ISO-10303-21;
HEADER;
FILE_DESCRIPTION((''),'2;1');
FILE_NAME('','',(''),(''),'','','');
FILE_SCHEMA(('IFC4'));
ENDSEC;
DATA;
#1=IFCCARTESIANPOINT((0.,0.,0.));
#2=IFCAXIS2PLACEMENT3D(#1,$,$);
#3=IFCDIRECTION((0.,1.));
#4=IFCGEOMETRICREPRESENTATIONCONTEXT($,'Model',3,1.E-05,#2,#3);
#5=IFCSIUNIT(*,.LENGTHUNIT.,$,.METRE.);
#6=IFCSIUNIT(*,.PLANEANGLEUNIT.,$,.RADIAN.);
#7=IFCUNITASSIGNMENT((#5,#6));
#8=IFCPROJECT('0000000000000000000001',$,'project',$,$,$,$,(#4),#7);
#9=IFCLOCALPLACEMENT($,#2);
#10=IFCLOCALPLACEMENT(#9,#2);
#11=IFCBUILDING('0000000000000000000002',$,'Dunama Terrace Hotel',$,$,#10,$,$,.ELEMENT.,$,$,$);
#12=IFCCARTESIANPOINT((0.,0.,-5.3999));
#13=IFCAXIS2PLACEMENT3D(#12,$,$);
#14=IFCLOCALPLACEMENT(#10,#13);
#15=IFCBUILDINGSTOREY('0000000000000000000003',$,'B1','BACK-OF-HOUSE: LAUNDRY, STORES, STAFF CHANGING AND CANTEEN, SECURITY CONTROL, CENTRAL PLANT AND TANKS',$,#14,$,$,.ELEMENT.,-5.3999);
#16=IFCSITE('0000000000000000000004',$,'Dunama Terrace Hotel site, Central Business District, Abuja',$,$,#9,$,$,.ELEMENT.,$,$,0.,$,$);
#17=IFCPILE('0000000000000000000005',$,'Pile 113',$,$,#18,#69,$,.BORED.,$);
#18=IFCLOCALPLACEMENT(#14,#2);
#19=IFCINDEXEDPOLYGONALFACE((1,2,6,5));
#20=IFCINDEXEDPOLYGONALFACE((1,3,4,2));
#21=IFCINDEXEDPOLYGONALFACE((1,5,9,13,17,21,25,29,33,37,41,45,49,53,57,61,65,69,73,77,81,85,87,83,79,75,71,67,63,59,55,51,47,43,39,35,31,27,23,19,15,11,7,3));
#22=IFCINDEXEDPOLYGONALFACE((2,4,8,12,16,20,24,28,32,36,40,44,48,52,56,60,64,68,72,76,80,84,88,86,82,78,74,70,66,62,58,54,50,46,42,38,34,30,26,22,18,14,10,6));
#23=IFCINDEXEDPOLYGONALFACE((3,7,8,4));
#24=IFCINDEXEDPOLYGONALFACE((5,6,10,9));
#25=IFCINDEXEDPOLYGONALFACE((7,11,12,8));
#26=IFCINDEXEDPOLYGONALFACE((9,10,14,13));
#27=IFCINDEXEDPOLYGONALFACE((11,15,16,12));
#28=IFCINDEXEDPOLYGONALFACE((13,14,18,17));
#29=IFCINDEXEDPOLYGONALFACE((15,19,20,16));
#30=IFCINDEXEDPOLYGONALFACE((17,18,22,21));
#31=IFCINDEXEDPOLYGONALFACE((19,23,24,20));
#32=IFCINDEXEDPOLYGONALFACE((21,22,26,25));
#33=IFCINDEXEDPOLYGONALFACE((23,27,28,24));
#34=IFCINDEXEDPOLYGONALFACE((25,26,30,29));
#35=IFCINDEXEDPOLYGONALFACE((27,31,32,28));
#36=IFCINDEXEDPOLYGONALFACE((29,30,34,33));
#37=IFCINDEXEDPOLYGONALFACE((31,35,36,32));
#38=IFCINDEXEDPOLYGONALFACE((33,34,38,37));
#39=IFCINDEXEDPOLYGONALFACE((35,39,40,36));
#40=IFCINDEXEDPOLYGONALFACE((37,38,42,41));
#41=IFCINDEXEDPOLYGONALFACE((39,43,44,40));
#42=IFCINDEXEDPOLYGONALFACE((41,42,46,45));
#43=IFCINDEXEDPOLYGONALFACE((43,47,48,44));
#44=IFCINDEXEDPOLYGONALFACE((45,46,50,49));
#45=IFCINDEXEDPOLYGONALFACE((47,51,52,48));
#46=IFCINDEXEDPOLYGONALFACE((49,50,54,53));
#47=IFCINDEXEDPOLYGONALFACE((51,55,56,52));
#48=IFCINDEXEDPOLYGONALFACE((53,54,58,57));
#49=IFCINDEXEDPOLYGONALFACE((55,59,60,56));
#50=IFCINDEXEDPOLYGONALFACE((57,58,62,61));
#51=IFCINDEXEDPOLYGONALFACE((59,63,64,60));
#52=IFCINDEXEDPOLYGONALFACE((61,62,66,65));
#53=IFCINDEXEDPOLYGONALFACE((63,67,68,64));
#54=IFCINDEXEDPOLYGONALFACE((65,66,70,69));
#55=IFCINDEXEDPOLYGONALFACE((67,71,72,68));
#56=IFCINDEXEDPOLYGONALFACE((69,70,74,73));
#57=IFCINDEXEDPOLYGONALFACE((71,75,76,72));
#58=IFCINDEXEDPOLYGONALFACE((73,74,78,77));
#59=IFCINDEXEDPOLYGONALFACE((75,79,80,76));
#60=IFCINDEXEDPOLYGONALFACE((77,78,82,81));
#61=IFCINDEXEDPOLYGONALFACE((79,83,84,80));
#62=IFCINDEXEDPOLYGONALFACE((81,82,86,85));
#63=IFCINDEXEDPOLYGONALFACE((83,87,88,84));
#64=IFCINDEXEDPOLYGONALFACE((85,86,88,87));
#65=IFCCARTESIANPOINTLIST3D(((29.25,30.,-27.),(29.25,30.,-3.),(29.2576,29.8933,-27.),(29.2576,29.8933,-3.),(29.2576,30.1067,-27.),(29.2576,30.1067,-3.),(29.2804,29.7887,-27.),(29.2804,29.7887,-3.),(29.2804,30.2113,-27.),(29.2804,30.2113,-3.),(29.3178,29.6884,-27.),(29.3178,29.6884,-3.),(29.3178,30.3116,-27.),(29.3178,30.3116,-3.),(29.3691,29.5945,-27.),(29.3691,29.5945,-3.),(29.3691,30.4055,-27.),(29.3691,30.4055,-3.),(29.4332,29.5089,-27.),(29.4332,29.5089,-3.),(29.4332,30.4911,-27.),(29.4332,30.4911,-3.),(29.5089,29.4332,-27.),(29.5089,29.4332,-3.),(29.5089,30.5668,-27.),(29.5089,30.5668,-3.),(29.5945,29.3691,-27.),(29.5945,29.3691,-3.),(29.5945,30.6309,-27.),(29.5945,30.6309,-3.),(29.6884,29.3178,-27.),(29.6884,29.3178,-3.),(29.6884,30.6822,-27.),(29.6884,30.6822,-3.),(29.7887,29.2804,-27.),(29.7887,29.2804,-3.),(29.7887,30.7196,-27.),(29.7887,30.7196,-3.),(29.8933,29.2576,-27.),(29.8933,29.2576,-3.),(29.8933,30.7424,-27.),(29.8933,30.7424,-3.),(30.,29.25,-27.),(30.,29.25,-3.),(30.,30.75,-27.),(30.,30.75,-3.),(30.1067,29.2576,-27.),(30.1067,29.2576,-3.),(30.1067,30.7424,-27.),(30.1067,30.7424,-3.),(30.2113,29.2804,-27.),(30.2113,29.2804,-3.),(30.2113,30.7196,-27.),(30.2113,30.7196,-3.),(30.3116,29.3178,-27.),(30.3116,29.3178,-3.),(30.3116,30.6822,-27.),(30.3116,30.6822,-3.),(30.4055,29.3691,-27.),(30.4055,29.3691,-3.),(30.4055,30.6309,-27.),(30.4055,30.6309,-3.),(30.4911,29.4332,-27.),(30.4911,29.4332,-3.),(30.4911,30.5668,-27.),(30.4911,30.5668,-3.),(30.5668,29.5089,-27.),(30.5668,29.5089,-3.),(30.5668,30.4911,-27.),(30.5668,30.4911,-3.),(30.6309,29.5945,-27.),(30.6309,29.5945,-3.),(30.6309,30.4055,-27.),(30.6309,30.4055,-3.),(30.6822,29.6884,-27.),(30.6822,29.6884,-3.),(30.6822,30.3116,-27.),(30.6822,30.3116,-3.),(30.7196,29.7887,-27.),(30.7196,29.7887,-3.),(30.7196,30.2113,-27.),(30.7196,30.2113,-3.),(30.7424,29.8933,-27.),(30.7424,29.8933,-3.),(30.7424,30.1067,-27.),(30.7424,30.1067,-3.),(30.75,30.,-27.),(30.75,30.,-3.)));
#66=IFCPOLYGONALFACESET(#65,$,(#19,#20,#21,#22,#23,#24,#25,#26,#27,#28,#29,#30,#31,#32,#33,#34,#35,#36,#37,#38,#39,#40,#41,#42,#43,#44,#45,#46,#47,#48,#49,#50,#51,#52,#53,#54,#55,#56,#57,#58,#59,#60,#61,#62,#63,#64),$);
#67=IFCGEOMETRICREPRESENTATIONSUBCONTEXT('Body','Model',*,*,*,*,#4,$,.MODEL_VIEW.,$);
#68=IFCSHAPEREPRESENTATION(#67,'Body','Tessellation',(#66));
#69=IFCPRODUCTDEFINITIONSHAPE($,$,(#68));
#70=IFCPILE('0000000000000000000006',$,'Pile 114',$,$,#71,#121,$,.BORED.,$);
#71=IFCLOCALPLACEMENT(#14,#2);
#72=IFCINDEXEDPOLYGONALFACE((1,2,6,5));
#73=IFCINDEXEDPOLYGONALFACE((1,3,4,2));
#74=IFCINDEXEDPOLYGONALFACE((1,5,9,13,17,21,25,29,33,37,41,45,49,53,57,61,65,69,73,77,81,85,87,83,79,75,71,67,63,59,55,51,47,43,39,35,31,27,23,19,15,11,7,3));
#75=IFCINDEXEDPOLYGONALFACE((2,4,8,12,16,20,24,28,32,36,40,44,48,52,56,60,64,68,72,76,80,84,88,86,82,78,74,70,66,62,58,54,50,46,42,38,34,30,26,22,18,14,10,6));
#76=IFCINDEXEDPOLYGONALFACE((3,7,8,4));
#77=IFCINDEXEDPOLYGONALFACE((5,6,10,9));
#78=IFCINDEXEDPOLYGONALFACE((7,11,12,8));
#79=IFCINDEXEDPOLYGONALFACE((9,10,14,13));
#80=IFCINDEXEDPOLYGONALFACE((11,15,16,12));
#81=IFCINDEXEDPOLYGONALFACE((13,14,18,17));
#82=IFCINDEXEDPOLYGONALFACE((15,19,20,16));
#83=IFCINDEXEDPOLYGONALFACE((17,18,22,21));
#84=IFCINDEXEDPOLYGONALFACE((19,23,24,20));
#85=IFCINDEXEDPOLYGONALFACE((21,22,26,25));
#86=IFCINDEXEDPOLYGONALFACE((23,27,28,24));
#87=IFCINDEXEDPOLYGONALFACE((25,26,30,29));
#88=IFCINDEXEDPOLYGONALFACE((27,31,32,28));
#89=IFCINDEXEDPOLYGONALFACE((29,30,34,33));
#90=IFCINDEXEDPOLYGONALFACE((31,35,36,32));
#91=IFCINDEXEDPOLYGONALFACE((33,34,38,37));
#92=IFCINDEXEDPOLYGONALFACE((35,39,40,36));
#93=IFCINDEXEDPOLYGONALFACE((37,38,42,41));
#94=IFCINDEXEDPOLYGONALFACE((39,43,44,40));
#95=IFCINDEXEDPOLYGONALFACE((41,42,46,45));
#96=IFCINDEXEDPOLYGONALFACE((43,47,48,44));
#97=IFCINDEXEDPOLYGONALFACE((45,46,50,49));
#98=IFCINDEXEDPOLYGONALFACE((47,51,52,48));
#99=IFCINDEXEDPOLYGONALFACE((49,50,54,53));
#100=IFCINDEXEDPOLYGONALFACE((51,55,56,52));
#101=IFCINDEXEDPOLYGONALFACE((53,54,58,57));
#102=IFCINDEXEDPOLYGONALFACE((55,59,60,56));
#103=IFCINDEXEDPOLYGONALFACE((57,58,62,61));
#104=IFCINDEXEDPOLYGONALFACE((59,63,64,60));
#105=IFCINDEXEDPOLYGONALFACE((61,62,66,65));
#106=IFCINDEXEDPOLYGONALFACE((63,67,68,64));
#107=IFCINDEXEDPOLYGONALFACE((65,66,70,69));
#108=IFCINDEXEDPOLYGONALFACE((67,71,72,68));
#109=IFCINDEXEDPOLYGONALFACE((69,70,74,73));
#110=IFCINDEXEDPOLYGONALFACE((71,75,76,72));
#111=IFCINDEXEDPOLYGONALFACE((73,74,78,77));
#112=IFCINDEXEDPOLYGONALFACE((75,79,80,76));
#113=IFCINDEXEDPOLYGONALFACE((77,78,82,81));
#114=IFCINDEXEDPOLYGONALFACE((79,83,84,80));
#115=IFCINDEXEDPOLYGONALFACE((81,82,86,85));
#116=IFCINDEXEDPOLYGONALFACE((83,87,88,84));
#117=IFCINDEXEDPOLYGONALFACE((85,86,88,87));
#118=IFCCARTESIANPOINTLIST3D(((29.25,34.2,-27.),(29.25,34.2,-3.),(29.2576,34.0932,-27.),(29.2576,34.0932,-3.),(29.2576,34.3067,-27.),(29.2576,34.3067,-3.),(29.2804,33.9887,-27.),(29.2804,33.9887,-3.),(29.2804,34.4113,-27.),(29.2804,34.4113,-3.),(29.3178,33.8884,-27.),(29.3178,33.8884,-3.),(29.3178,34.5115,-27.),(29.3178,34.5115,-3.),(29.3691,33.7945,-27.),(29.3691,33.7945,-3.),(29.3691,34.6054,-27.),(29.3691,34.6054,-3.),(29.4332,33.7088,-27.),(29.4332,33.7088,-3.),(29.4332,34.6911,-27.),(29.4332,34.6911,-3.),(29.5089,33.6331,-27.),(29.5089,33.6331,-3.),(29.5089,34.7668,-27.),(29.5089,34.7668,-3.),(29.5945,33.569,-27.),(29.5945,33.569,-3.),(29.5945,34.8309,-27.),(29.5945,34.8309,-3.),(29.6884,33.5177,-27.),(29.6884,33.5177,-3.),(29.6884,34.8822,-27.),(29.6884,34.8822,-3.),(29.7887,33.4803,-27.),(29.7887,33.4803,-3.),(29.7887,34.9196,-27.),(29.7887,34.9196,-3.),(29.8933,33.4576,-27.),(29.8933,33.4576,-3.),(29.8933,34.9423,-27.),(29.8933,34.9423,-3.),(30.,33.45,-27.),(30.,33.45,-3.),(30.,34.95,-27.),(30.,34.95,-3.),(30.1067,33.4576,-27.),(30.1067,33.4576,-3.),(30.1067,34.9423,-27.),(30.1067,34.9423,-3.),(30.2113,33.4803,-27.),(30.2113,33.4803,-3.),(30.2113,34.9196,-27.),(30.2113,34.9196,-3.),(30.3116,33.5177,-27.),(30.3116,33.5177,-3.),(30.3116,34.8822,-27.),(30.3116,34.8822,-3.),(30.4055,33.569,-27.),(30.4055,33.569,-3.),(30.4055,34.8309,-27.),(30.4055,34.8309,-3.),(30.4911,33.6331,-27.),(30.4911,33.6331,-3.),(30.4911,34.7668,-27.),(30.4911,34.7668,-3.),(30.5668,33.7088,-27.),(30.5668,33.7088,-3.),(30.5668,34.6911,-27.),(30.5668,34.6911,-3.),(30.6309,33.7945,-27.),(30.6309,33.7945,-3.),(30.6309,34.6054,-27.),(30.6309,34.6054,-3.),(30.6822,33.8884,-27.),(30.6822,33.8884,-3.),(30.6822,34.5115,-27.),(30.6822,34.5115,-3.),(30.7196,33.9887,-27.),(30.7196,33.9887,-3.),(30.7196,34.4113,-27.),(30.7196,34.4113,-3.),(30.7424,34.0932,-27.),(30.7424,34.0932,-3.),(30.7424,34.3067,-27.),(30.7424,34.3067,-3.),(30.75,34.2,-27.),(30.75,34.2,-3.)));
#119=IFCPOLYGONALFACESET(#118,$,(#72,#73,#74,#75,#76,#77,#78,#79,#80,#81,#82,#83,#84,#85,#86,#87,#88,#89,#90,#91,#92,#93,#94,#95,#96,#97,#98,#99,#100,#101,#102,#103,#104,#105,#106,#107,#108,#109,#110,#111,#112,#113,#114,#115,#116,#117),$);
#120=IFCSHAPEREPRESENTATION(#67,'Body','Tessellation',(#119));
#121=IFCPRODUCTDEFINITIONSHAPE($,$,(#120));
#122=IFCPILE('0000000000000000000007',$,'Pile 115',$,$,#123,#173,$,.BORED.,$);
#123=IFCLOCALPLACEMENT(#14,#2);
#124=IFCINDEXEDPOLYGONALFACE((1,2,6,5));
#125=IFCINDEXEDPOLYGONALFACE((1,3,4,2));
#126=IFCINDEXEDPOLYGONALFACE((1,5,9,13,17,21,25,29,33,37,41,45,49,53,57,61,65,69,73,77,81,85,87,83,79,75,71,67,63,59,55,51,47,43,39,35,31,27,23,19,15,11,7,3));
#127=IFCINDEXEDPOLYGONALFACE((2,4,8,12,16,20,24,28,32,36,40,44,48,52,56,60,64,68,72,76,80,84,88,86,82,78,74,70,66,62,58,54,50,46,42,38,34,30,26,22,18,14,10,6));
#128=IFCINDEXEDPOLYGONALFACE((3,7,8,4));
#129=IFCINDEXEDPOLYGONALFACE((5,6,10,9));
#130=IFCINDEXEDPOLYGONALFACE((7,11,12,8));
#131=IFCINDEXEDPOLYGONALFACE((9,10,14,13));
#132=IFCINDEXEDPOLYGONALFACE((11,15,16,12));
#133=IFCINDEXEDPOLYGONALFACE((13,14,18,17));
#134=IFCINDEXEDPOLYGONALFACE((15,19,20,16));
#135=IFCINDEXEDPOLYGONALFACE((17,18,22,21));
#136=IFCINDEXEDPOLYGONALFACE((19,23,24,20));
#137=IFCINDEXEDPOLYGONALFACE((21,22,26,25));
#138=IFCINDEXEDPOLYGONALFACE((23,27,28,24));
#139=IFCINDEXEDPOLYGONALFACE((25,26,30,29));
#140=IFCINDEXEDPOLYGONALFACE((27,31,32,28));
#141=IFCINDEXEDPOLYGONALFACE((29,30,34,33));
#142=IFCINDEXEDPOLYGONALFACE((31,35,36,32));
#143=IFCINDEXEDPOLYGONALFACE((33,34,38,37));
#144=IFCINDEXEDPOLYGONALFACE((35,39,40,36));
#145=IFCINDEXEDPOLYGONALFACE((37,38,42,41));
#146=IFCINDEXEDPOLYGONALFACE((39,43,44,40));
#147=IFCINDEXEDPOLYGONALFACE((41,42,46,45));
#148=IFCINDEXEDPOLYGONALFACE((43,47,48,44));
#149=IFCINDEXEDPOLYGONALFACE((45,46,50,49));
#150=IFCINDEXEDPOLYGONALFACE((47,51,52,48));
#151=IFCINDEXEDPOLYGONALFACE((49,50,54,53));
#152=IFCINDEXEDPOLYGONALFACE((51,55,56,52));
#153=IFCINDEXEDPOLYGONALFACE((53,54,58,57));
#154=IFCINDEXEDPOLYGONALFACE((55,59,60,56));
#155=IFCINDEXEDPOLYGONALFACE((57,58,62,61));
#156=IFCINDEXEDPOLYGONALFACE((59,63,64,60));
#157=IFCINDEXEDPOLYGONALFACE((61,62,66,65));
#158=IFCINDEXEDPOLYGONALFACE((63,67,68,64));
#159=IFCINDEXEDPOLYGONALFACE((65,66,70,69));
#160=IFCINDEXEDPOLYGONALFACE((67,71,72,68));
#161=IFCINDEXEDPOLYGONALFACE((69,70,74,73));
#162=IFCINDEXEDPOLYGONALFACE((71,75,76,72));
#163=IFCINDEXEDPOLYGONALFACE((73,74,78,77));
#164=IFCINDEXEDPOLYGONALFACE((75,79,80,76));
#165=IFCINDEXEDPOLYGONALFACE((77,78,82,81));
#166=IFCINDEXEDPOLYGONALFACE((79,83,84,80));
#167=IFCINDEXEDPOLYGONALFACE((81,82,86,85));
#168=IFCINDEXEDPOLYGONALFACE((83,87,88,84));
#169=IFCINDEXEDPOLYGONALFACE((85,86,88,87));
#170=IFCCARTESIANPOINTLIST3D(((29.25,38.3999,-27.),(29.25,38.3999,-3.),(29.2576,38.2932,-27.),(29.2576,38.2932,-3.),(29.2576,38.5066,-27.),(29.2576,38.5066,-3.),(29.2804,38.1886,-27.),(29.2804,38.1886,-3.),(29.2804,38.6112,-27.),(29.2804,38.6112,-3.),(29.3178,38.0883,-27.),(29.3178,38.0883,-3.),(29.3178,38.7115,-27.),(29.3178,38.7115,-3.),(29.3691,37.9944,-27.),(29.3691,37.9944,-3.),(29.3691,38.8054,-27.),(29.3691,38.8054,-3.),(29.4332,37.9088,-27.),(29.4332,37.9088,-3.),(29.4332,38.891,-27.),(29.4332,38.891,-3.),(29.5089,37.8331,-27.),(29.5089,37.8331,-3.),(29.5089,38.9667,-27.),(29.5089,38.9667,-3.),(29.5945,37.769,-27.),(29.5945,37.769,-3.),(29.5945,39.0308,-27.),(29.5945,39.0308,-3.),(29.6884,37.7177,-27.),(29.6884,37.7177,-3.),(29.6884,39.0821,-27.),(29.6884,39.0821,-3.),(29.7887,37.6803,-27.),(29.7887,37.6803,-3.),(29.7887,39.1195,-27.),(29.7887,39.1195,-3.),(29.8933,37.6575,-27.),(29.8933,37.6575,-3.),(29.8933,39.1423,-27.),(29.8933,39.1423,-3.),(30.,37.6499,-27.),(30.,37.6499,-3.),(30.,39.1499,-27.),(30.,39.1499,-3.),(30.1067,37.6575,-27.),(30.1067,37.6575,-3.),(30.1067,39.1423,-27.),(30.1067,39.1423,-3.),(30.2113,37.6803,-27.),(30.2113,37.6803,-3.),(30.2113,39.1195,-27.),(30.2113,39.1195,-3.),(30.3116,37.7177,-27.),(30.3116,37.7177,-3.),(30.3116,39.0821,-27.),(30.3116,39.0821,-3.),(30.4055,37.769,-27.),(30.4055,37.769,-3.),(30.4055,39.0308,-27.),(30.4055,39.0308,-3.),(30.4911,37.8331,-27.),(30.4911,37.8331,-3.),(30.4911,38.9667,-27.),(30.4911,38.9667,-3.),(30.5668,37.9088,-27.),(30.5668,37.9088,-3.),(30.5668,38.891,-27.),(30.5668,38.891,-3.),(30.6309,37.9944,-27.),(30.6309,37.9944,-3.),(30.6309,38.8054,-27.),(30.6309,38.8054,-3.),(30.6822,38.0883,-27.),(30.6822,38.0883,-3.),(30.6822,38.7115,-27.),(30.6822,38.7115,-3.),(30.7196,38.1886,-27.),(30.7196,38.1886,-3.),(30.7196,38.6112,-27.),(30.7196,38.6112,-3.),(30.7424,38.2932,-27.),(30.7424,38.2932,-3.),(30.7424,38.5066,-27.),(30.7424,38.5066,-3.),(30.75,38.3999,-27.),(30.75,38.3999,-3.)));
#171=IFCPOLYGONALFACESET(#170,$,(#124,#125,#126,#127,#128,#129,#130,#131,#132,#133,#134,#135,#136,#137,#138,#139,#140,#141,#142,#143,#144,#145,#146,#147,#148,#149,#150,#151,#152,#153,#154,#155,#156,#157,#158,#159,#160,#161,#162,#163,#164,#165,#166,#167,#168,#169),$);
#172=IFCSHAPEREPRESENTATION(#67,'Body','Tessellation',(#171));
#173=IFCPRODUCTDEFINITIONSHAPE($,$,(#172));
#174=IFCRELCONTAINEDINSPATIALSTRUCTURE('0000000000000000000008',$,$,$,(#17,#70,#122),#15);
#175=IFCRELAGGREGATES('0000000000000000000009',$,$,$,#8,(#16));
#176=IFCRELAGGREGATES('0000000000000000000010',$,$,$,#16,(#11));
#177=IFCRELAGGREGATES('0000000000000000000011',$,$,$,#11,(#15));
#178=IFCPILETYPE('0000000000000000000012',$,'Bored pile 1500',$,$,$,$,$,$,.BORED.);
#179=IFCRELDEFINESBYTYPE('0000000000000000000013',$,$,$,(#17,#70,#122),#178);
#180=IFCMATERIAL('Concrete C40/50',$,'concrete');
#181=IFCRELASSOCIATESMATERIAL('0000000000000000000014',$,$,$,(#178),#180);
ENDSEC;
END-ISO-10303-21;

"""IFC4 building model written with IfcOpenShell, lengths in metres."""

from ifc_helpers import new_model, si_unit, direction, frame, origin, origin_2d, place, context, subcontext, project, spatial, circle, extrude, material, material_profile, profile_set, type_object, element, save


model = new_model("IFC4")

# Units and contexts
model_context = context("Model", 3, precision=1e-05, world=origin(), true_north=direction((0.0, 1.0)))
body_context = subcontext(model_context, "Body", "Model", "MODEL_VIEW")
ifc_project = project(units=[si_unit("LENGTHUNIT", "METRE"), si_unit("PLANEANGLEUNIT", "RADIAN")], contexts=[model_context])

# Site, building, storey
site_placement = place(None, origin())
site = spatial("IfcSite", under=ifc_project, at=site_placement, Name="Dunama Terrace Hotel site, Central Business District, Abuja", CompositionType="ELEMENT", RefElevation=0.0)
building_placement = place(site_placement, origin())
building = spatial("IfcBuilding", under=site, at=building_placement, Name="Dunama Terrace Hotel", CompositionType="ELEMENT")
storey_placement = place(building_placement, frame((0.0, 0.0, -5.3999)))
storey = spatial("IfcBuildingStorey", under=building, at=storey_placement, Name="B1", Description="BACK-OF-HOUSE: LAUNDRY, STORES, STAFF CHANGING AND CANTEEN, SECURITY CONTROL, CENTRAL PLANT AND TANKS", CompositionType="ELEMENT", Elevation=-5.3999)

# Piles
ifc_material_1 = material(Name="Concrete C40/50", Category="concrete")
ifc_material_profile = material_profile(ifc_material_1, circle(Radius=0.75, at=origin_2d()), Name="PILE D1500")
ifc_profile_set = profile_set([ifc_material_profile], Name="Concrete C40/50")
pile_type = type_object("IfcPileType", Name="Bored pile 1500", PredefinedType="BORED", material=ifc_profile_set)
for number, where, z_axis, x_axis, name in (
    (1, (30.0, 30.0, -3.0), (0.0, 0.0, -1.0), (1.0, 0.0, 0.0), "Pile 113"),
    (2, (30.0, 34.2, -3.0), (0.0, 0.0, -1.0), (1.0, 0.0, 0.0), "Pile 114"),
    (3, (30.0, 38.3999, -3.0), (0.0, 0.0, -1.0), (1.0, 0.0, 0.0), "Pile 115"),
):
    element("IfcPile", number, at=place(storey_placement, frame(where, z_axis=z_axis, x_axis=x_axis)), inside=storey, type_object=pile_type, Name=name, PredefinedType="BORED", context=body_context, shape_type="SweptSolid", body=[
        extrude(circle(Radius=0.75, at=origin_2d()), origin(), (0.0, 0.0, 1.0), 24.0),
    ])

save(model, "model.ifc")
